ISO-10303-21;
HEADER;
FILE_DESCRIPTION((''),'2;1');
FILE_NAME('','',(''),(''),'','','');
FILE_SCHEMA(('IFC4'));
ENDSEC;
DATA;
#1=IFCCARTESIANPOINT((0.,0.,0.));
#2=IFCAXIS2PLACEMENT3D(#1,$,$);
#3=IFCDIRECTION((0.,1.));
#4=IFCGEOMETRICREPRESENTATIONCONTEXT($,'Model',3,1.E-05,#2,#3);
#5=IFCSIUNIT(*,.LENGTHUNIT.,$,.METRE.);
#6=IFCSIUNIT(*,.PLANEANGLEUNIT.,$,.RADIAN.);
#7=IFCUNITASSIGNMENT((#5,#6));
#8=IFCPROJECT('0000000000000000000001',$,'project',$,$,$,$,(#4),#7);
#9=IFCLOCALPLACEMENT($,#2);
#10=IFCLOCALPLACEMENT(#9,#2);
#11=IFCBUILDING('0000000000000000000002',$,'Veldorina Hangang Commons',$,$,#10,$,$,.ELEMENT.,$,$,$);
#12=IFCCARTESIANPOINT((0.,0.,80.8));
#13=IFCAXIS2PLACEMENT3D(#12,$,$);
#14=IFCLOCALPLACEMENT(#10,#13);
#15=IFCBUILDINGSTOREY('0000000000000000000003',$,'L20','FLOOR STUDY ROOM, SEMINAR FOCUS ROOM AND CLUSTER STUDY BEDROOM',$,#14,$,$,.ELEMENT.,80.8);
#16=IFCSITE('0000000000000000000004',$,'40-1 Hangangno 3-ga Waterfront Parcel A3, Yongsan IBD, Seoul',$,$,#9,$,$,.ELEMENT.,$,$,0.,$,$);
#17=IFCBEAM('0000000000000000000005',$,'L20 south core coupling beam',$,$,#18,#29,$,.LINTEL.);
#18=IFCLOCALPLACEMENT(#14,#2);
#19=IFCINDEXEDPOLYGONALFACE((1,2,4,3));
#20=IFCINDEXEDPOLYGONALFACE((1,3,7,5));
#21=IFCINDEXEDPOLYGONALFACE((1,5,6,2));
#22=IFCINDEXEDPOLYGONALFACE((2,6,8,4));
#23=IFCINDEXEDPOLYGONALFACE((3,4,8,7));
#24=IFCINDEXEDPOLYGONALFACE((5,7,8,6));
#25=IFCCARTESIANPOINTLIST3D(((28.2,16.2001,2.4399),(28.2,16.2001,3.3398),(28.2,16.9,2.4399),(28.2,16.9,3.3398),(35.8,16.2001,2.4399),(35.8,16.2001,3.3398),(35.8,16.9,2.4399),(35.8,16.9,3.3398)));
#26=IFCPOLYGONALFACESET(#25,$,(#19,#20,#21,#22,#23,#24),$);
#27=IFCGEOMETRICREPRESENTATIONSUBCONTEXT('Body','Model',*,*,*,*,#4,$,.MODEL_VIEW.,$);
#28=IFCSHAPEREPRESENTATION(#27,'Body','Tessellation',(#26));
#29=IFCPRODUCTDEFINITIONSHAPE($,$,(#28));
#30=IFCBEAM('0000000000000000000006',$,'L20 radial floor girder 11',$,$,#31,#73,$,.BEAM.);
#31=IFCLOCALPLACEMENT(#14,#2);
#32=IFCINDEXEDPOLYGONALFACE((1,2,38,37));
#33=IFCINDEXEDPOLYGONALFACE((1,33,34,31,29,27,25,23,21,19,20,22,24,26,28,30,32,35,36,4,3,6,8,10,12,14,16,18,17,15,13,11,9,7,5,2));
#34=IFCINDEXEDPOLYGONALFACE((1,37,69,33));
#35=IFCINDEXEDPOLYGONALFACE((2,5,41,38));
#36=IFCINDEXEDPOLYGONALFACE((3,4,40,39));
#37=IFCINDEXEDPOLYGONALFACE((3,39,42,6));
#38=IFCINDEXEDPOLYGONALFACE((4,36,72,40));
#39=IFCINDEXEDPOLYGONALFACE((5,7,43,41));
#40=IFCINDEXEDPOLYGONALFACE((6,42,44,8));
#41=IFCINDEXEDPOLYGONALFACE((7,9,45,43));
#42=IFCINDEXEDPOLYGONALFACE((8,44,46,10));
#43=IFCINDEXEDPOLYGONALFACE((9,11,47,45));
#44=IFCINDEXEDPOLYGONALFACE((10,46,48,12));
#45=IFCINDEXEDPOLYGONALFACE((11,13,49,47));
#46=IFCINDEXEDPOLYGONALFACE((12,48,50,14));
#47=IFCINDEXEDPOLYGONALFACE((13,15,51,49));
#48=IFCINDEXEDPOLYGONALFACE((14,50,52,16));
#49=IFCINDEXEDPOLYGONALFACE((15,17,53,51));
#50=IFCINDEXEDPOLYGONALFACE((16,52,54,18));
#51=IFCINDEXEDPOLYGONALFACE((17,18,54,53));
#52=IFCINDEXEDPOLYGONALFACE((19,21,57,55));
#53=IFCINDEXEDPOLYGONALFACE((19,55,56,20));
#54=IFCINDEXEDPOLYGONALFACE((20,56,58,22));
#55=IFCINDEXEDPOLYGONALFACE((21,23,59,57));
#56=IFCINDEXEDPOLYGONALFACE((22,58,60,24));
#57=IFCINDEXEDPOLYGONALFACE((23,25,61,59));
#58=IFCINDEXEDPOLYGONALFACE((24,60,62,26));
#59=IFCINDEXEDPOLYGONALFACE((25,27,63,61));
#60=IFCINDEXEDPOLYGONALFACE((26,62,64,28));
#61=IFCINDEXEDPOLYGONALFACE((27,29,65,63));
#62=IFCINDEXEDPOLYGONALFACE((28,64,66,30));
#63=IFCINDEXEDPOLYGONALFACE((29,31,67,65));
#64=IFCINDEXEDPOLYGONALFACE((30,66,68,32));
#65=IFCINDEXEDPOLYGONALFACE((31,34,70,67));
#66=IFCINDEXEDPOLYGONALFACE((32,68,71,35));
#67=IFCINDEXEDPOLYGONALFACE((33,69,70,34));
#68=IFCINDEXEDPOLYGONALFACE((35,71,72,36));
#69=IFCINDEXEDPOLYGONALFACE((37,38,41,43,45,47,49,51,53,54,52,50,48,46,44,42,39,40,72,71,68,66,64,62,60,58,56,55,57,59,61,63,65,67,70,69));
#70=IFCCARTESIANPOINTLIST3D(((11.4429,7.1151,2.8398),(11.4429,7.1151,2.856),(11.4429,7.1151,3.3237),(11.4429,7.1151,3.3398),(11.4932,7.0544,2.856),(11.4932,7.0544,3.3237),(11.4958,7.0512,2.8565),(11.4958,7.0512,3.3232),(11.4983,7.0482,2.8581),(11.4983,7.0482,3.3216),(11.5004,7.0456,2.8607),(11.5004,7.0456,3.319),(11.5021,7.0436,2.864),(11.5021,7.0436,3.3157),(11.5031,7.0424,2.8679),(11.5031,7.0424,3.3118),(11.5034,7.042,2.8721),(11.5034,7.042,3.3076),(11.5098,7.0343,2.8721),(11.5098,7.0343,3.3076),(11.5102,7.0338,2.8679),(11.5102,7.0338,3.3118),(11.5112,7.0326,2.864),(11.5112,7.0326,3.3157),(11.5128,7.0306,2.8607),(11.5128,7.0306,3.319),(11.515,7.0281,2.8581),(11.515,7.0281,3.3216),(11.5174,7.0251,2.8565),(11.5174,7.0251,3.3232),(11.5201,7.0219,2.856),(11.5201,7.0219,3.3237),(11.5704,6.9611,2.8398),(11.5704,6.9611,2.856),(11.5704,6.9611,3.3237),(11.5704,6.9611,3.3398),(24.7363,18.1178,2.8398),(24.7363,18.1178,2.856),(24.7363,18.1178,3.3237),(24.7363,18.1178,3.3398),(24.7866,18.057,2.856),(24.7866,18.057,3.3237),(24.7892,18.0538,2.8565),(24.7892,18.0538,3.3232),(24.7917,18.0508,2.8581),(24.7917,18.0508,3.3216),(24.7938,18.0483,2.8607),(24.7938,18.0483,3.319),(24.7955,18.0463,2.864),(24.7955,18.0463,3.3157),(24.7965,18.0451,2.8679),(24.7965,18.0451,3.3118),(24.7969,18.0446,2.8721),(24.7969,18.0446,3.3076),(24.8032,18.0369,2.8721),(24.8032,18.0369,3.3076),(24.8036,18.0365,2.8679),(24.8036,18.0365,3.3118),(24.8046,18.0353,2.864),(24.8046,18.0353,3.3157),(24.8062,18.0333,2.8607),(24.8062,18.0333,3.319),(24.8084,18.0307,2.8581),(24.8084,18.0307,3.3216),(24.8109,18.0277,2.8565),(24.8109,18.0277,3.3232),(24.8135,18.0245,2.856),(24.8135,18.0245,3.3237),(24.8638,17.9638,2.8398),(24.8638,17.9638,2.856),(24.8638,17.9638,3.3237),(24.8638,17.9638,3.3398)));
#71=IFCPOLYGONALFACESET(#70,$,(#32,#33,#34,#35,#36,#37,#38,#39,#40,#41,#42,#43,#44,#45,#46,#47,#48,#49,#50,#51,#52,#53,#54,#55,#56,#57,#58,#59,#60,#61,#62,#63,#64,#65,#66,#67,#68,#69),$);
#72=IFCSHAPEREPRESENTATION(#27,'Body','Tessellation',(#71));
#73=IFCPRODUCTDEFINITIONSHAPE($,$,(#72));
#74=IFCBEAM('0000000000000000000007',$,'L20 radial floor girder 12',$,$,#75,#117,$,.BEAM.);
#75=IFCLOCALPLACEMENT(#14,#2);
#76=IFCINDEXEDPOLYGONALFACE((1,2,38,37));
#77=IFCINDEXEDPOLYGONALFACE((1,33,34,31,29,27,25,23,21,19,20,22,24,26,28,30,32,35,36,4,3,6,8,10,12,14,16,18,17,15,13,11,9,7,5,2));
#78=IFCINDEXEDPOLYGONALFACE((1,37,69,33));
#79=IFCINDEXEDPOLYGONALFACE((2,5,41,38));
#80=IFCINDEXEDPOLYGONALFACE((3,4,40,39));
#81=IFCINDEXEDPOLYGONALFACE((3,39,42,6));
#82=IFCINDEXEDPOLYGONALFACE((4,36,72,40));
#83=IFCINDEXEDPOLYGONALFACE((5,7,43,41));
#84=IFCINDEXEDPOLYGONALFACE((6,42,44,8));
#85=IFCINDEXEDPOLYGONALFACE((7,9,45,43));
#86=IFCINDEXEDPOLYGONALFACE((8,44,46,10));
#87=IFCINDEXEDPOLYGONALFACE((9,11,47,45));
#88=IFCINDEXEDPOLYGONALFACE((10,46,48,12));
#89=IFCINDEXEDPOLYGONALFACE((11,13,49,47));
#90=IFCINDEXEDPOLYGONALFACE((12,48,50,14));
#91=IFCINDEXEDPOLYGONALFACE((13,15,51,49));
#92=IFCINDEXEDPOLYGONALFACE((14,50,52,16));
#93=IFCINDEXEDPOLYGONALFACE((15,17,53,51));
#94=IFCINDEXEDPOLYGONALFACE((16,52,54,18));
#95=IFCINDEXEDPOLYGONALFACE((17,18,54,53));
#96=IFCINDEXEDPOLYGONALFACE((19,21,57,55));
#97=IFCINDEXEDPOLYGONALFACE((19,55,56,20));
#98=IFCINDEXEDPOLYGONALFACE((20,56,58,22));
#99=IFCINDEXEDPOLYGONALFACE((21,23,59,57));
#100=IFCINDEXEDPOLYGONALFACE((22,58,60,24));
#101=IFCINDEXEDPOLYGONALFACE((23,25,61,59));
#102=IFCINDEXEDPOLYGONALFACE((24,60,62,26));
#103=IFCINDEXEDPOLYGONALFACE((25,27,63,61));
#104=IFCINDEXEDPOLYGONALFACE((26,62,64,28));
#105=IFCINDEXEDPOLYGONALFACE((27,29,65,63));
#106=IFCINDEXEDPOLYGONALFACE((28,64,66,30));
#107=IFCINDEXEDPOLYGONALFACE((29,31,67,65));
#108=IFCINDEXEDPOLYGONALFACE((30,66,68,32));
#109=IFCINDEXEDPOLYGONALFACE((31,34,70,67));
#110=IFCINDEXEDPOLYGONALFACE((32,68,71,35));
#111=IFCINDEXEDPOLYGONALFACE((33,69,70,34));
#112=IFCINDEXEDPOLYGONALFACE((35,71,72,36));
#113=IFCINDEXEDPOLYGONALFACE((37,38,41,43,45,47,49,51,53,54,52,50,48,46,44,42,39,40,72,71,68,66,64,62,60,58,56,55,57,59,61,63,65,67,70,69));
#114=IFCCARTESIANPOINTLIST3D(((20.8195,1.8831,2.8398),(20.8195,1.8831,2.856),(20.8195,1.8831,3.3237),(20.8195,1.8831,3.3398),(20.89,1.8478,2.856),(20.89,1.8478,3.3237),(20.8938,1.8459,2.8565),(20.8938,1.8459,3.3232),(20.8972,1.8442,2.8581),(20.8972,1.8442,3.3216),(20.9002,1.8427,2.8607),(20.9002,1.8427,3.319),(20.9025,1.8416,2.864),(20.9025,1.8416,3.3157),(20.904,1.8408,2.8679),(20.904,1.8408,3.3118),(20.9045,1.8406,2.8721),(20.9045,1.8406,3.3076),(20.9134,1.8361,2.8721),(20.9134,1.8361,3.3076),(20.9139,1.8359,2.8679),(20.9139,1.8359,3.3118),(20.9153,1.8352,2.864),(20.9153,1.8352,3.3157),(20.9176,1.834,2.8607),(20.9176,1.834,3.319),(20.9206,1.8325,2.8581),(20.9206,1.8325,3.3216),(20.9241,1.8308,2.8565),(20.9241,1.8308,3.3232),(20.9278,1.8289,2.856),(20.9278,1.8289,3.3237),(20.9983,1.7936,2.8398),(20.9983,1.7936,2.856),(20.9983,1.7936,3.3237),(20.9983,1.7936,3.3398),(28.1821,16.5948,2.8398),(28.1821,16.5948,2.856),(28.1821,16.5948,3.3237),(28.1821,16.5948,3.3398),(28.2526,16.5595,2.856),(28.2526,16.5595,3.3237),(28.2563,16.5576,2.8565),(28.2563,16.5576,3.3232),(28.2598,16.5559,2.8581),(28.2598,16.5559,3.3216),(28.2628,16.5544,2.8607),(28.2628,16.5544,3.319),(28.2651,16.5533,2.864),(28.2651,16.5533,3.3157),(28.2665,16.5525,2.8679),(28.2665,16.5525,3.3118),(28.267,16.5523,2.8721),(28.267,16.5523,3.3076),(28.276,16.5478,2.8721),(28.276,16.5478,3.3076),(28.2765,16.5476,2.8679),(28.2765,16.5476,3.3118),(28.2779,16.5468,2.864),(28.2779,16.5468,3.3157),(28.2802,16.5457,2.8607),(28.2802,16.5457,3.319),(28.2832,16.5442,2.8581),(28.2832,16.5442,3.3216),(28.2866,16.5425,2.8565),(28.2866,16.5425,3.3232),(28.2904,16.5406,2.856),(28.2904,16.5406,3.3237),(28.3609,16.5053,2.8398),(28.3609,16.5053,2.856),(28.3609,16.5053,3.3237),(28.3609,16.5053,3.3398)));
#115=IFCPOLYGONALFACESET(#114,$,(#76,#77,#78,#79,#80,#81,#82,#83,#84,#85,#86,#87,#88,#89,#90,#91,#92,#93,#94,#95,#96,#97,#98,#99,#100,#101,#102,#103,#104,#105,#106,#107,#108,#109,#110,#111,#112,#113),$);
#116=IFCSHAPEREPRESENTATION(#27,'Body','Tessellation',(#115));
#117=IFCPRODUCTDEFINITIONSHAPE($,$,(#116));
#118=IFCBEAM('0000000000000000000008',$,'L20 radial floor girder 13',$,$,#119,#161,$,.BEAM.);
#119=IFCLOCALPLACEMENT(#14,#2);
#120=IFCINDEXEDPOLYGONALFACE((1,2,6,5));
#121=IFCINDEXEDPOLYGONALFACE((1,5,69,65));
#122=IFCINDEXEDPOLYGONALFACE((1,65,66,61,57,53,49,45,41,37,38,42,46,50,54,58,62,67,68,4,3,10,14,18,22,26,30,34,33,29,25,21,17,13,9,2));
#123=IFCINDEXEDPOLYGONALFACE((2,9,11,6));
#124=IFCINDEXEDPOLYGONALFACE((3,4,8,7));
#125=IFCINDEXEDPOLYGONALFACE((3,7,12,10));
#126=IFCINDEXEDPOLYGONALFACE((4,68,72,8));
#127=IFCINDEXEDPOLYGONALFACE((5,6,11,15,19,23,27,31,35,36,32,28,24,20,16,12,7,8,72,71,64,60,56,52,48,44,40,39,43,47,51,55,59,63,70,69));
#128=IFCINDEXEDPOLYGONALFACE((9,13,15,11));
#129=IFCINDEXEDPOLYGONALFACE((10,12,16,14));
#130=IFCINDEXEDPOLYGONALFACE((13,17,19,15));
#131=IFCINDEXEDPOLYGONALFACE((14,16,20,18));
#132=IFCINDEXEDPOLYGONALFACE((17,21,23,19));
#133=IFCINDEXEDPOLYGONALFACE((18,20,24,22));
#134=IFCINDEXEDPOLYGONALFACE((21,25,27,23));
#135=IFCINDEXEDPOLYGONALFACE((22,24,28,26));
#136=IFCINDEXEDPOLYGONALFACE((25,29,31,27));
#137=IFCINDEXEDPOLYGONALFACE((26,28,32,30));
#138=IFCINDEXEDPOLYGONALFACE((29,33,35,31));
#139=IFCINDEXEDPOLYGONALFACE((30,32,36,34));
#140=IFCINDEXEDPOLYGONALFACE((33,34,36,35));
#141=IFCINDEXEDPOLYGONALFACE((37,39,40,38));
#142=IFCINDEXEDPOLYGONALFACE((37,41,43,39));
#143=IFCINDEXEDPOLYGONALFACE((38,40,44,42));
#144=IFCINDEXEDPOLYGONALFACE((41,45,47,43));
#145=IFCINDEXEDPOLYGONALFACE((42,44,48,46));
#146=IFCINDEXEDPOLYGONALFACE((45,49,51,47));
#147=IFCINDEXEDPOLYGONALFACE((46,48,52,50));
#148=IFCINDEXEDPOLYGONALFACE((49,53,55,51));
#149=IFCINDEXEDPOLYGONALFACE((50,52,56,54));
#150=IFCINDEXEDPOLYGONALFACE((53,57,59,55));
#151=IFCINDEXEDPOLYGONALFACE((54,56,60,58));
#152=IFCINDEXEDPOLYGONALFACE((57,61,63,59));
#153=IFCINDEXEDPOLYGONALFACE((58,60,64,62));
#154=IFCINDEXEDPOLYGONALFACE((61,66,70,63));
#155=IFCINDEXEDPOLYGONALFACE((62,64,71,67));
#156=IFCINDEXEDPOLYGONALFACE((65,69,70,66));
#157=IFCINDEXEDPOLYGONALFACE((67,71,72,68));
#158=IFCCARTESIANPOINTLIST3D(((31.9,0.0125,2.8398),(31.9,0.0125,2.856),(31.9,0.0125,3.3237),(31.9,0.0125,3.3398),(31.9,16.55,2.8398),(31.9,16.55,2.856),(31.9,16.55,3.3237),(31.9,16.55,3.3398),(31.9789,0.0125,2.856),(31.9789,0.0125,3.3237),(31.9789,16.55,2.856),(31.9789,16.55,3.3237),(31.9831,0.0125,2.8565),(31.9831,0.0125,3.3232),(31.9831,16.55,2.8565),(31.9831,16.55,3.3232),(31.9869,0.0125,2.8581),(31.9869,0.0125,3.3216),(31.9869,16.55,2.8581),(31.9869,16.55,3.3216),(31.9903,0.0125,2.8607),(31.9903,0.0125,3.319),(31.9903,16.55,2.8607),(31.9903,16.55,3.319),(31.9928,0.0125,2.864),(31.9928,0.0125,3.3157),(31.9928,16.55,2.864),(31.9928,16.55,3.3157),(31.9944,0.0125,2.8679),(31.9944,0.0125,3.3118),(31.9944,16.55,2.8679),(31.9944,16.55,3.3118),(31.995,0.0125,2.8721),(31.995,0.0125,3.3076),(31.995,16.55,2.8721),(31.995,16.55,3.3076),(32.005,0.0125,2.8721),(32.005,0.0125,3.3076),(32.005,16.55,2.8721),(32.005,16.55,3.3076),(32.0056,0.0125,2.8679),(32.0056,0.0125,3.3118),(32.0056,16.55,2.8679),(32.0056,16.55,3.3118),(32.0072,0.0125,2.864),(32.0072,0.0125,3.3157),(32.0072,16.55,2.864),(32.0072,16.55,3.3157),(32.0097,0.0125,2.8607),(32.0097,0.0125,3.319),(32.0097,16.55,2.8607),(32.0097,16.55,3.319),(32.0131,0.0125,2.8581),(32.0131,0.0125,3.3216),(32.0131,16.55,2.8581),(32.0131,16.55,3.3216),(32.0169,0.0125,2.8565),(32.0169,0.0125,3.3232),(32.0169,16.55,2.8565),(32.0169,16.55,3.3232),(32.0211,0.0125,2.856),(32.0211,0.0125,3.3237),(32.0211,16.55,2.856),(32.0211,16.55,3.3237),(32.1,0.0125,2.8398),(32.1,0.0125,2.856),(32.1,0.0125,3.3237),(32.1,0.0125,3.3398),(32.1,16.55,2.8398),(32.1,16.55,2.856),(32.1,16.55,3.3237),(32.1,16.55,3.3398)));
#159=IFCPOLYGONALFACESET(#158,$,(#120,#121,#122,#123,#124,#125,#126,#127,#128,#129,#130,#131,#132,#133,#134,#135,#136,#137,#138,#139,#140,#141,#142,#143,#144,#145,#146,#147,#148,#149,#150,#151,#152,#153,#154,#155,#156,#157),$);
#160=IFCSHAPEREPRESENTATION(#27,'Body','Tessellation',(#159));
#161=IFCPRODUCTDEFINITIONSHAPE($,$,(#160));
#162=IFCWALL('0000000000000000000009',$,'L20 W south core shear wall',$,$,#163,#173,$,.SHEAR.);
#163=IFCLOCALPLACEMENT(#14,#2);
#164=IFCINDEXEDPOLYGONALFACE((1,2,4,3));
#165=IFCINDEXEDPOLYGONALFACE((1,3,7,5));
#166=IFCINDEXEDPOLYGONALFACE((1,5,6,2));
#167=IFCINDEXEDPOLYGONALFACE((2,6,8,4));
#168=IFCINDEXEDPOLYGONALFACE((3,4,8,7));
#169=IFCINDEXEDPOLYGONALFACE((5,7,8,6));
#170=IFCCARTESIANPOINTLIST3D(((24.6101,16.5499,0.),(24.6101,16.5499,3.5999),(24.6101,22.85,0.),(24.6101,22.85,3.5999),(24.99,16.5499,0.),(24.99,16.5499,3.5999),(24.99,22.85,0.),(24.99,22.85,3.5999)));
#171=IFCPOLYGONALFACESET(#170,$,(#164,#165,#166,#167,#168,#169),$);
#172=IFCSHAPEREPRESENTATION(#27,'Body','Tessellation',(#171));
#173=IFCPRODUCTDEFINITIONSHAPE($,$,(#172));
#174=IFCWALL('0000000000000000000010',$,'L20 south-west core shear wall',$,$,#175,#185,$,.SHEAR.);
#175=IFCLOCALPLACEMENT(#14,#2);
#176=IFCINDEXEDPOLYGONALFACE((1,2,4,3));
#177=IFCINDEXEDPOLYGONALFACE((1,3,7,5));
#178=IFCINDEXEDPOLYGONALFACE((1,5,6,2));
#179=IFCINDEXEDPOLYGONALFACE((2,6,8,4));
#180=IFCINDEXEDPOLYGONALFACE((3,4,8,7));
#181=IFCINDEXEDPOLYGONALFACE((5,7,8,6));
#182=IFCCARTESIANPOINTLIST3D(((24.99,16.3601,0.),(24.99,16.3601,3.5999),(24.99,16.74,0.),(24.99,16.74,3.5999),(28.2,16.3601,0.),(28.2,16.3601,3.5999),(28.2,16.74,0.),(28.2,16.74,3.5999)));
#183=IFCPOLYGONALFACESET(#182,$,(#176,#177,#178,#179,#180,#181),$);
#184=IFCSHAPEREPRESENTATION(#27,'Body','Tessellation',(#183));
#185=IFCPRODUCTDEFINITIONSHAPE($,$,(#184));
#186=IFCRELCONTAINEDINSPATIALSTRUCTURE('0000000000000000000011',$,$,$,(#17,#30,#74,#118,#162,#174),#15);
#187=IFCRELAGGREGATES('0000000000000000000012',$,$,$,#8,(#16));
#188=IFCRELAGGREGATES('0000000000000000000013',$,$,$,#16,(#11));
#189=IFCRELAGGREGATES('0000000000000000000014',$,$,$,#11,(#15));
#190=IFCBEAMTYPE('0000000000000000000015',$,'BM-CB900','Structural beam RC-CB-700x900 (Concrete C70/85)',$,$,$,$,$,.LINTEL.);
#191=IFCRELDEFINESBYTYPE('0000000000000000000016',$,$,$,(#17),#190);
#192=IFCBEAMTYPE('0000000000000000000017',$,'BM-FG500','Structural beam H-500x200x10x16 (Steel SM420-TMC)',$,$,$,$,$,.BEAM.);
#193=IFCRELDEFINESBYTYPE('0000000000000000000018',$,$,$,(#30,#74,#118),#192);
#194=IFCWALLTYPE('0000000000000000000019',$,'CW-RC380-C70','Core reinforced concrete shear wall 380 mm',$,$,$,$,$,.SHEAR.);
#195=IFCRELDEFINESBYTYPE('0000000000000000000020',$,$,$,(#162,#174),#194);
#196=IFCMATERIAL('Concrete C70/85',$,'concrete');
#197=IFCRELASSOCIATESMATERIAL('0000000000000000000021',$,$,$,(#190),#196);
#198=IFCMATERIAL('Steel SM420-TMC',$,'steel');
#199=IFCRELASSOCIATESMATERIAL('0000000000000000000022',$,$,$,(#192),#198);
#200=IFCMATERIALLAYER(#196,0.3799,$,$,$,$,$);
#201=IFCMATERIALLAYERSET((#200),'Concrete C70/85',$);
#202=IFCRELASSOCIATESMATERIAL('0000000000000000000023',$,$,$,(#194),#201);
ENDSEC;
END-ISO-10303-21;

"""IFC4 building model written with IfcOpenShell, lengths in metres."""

from ifc_helpers import new_model, si_unit, direction, frame, frame_2d, origin, origin_2d, place, context, subcontext, project, spatial, rectangle, i_section, extrude, material, layer, layer_set, material_profile, profile_set, type_object, element, save


model = new_model("IFC4")

# Units and contexts
model_context = context("Model", 3, precision=1e-05, world=origin(), true_north=direction((0.0, 1.0)))
body_context = subcontext(model_context, "Body", "Model", "MODEL_VIEW")
ifc_project = project(units=[si_unit("LENGTHUNIT", "METRE"), si_unit("PLANEANGLEUNIT", "RADIAN")], contexts=[model_context])

# Site, building, storey
site_placement = place(None, origin())
site = spatial("IfcSite", under=ifc_project, at=site_placement, Name="40-1 Hangangno 3-ga Waterfront Parcel A3, Yongsan IBD, Seoul", CompositionType="ELEMENT", RefElevation=0.0)
building_placement = place(site_placement, origin())
building = spatial("IfcBuilding", under=site, at=building_placement, Name="Veldorina Hangang Commons", CompositionType="ELEMENT")
storey_placement = place(building_placement, frame((0.0, 0.0, 80.8)))
storey = spatial("IfcBuildingStorey", under=building, at=storey_placement, Name="L20", Description="FLOOR STUDY ROOM, SEMINAR FOCUS ROOM AND CLUSTER STUDY BEDROOM", CompositionType="ELEMENT", Elevation=80.8)

# Beams
ifc_material_1 = material(Name="Concrete C70/85", Category="concrete")
ifc_material_profile_1 = material_profile(ifc_material_1, rectangle(XDim=0.7, YDim=0.8999, at=origin_2d()), Name="RC-CB-700x900")
ifc_profile_set_1 = profile_set([ifc_material_profile_1], Name="Concrete C70/85")
beam_type_1 = type_object("IfcBeamType", Name="BM-CB900", Description="Structural beam RC-CB-700x900 (Concrete C70/85)", PredefinedType="LINTEL", material=ifc_profile_set_1)
beam_1_placement = place(storey_placement, frame((28.2, 16.55, 2.8899), z_axis=(1.0, 0.0, 0.0), x_axis=(0.0, 1.0, 0.0)))
element("IfcBeam", 1, at=beam_1_placement, inside=storey, type_object=beam_type_1, Name="L20 south core coupling beam", PredefinedType="LINTEL", context=body_context, shape_type="SweptSolid", body=[
    extrude(rectangle(XDim=0.7, YDim=0.8999, at=origin_2d()), origin(), (0.0, 0.0, 1.0), 7.6001),
])
ifc_material_2 = material(Name="Steel SM420-TMC", Category="steel")
ifc_material_profile_2 = material_profile(ifc_material_2, i_section(OverallWidth=0.2, OverallDepth=0.5, WebThickness=0.01, FlangeThickness=0.0161, FilletRadius=0.0161, at=origin_2d()), Name="H-500x200x10x16")
ifc_profile_set_2 = profile_set([ifc_material_profile_2], Name="Steel SM420-TMC")
beam_type_2 = type_object("IfcBeamType", Name="BM-FG500", Description="Structural beam H-500x200x10x16 (Steel SM420-TMC)", PredefinedType="BEAM", material=ifc_profile_set_2)
beam_2_placement = place(storey_placement, frame((24.8, 18.0408, 3.0898), z_axis=(-0.77036, -0.637609, 0.0), x_axis=(0.637609, -0.77036, 0.0)))
element("IfcBeam", 2, at=beam_2_placement, inside=storey, type_object=beam_type_2, Name="L20 radial floor girder 11", PredefinedType="BEAM", context=body_context, shape_type="SweptSolid", body=[
    extrude(i_section(OverallWidth=0.2, OverallDepth=0.5, WebThickness=0.01, FlangeThickness=0.0161, FilletRadius=0.0161, at=origin_2d()), origin(), (0.0, 0.0, 1.0), 17.2561),
])
beam_3_placement = place(storey_placement, frame((28.2715, 16.55, 3.0898), z_axis=(-0.44754, -0.894264, 0.0), x_axis=(0.894264, -0.44754, 0.0)))
element("IfcBeam", 3, at=beam_3_placement, inside=storey, type_object=beam_type_2, Name="L20 radial floor girder 12", PredefinedType="BEAM", context=body_context, shape_type="SweptSolid", body=[
    extrude(i_section(OverallWidth=0.2, OverallDepth=0.5, WebThickness=0.01, FlangeThickness=0.0161, FilletRadius=0.0161, at=origin_2d()), origin(), (0.0, 0.0, 1.0), 16.4512),
])
beam_4_placement = place(storey_placement, frame((32.0, 16.55, 3.0898), z_axis=(0.0, -1.0, 0.0), x_axis=(1.0, 0.0, 0.0)))
element("IfcBeam", 4, at=beam_4_placement, inside=storey, type_object=beam_type_2, Name="L20 radial floor girder 13", PredefinedType="BEAM", context=body_context, shape_type="SweptSolid", body=[
    extrude(i_section(OverallWidth=0.2, OverallDepth=0.5, WebThickness=0.01, FlangeThickness=0.0161, FilletRadius=0.0161, at=origin_2d()), origin(), (0.0, 0.0, 1.0), 16.5376),
])

# Walls
ifc_layer_1 = layer(ifc_material_1, 0.3799)
ifc_layer_set_1 = layer_set([ifc_layer_1], Name="Concrete C70/85")
wall_type_1 = type_object("IfcWallType", Name="CW-RC380-C70", Description="Core reinforced concrete shear wall 380 mm", PredefinedType="SHEAR", material=ifc_layer_set_1)
wall_1_placement = place(storey_placement, frame((24.8, 16.55, 0.0), z_axis=(0.0, 0.0, 1.0), x_axis=(0.0, 1.0, 0.0)))
element("IfcWall", 5, at=wall_1_placement, inside=storey, type_object=wall_type_1, Name="L20 W south core shear wall", PredefinedType="SHEAR", context=body_context, shape_type="SweptSolid", body=[
    extrude(rectangle(XDim=6.3, YDim=0.3799, at=frame_2d((3.1499, 0.0))), origin(), (0.0, 0.0, 1.0), 3.5999),
])
wall_2_placement = place(storey_placement, frame((24.99, 16.55, 0.0), z_axis=(0.0, 0.0, 1.0), x_axis=(1.0, 0.0, 0.0)))
element("IfcWall", 6, at=wall_2_placement, inside=storey, type_object=wall_type_1, Name="L20 south-west core shear wall", PredefinedType="SHEAR", context=body_context, shape_type="SweptSolid", body=[
    extrude(rectangle(XDim=3.21, YDim=0.3799, at=frame_2d((1.605, 0.0))), origin(), (0.0, 0.0, 1.0), 3.5999),
])

save(model, "model.ifc")
